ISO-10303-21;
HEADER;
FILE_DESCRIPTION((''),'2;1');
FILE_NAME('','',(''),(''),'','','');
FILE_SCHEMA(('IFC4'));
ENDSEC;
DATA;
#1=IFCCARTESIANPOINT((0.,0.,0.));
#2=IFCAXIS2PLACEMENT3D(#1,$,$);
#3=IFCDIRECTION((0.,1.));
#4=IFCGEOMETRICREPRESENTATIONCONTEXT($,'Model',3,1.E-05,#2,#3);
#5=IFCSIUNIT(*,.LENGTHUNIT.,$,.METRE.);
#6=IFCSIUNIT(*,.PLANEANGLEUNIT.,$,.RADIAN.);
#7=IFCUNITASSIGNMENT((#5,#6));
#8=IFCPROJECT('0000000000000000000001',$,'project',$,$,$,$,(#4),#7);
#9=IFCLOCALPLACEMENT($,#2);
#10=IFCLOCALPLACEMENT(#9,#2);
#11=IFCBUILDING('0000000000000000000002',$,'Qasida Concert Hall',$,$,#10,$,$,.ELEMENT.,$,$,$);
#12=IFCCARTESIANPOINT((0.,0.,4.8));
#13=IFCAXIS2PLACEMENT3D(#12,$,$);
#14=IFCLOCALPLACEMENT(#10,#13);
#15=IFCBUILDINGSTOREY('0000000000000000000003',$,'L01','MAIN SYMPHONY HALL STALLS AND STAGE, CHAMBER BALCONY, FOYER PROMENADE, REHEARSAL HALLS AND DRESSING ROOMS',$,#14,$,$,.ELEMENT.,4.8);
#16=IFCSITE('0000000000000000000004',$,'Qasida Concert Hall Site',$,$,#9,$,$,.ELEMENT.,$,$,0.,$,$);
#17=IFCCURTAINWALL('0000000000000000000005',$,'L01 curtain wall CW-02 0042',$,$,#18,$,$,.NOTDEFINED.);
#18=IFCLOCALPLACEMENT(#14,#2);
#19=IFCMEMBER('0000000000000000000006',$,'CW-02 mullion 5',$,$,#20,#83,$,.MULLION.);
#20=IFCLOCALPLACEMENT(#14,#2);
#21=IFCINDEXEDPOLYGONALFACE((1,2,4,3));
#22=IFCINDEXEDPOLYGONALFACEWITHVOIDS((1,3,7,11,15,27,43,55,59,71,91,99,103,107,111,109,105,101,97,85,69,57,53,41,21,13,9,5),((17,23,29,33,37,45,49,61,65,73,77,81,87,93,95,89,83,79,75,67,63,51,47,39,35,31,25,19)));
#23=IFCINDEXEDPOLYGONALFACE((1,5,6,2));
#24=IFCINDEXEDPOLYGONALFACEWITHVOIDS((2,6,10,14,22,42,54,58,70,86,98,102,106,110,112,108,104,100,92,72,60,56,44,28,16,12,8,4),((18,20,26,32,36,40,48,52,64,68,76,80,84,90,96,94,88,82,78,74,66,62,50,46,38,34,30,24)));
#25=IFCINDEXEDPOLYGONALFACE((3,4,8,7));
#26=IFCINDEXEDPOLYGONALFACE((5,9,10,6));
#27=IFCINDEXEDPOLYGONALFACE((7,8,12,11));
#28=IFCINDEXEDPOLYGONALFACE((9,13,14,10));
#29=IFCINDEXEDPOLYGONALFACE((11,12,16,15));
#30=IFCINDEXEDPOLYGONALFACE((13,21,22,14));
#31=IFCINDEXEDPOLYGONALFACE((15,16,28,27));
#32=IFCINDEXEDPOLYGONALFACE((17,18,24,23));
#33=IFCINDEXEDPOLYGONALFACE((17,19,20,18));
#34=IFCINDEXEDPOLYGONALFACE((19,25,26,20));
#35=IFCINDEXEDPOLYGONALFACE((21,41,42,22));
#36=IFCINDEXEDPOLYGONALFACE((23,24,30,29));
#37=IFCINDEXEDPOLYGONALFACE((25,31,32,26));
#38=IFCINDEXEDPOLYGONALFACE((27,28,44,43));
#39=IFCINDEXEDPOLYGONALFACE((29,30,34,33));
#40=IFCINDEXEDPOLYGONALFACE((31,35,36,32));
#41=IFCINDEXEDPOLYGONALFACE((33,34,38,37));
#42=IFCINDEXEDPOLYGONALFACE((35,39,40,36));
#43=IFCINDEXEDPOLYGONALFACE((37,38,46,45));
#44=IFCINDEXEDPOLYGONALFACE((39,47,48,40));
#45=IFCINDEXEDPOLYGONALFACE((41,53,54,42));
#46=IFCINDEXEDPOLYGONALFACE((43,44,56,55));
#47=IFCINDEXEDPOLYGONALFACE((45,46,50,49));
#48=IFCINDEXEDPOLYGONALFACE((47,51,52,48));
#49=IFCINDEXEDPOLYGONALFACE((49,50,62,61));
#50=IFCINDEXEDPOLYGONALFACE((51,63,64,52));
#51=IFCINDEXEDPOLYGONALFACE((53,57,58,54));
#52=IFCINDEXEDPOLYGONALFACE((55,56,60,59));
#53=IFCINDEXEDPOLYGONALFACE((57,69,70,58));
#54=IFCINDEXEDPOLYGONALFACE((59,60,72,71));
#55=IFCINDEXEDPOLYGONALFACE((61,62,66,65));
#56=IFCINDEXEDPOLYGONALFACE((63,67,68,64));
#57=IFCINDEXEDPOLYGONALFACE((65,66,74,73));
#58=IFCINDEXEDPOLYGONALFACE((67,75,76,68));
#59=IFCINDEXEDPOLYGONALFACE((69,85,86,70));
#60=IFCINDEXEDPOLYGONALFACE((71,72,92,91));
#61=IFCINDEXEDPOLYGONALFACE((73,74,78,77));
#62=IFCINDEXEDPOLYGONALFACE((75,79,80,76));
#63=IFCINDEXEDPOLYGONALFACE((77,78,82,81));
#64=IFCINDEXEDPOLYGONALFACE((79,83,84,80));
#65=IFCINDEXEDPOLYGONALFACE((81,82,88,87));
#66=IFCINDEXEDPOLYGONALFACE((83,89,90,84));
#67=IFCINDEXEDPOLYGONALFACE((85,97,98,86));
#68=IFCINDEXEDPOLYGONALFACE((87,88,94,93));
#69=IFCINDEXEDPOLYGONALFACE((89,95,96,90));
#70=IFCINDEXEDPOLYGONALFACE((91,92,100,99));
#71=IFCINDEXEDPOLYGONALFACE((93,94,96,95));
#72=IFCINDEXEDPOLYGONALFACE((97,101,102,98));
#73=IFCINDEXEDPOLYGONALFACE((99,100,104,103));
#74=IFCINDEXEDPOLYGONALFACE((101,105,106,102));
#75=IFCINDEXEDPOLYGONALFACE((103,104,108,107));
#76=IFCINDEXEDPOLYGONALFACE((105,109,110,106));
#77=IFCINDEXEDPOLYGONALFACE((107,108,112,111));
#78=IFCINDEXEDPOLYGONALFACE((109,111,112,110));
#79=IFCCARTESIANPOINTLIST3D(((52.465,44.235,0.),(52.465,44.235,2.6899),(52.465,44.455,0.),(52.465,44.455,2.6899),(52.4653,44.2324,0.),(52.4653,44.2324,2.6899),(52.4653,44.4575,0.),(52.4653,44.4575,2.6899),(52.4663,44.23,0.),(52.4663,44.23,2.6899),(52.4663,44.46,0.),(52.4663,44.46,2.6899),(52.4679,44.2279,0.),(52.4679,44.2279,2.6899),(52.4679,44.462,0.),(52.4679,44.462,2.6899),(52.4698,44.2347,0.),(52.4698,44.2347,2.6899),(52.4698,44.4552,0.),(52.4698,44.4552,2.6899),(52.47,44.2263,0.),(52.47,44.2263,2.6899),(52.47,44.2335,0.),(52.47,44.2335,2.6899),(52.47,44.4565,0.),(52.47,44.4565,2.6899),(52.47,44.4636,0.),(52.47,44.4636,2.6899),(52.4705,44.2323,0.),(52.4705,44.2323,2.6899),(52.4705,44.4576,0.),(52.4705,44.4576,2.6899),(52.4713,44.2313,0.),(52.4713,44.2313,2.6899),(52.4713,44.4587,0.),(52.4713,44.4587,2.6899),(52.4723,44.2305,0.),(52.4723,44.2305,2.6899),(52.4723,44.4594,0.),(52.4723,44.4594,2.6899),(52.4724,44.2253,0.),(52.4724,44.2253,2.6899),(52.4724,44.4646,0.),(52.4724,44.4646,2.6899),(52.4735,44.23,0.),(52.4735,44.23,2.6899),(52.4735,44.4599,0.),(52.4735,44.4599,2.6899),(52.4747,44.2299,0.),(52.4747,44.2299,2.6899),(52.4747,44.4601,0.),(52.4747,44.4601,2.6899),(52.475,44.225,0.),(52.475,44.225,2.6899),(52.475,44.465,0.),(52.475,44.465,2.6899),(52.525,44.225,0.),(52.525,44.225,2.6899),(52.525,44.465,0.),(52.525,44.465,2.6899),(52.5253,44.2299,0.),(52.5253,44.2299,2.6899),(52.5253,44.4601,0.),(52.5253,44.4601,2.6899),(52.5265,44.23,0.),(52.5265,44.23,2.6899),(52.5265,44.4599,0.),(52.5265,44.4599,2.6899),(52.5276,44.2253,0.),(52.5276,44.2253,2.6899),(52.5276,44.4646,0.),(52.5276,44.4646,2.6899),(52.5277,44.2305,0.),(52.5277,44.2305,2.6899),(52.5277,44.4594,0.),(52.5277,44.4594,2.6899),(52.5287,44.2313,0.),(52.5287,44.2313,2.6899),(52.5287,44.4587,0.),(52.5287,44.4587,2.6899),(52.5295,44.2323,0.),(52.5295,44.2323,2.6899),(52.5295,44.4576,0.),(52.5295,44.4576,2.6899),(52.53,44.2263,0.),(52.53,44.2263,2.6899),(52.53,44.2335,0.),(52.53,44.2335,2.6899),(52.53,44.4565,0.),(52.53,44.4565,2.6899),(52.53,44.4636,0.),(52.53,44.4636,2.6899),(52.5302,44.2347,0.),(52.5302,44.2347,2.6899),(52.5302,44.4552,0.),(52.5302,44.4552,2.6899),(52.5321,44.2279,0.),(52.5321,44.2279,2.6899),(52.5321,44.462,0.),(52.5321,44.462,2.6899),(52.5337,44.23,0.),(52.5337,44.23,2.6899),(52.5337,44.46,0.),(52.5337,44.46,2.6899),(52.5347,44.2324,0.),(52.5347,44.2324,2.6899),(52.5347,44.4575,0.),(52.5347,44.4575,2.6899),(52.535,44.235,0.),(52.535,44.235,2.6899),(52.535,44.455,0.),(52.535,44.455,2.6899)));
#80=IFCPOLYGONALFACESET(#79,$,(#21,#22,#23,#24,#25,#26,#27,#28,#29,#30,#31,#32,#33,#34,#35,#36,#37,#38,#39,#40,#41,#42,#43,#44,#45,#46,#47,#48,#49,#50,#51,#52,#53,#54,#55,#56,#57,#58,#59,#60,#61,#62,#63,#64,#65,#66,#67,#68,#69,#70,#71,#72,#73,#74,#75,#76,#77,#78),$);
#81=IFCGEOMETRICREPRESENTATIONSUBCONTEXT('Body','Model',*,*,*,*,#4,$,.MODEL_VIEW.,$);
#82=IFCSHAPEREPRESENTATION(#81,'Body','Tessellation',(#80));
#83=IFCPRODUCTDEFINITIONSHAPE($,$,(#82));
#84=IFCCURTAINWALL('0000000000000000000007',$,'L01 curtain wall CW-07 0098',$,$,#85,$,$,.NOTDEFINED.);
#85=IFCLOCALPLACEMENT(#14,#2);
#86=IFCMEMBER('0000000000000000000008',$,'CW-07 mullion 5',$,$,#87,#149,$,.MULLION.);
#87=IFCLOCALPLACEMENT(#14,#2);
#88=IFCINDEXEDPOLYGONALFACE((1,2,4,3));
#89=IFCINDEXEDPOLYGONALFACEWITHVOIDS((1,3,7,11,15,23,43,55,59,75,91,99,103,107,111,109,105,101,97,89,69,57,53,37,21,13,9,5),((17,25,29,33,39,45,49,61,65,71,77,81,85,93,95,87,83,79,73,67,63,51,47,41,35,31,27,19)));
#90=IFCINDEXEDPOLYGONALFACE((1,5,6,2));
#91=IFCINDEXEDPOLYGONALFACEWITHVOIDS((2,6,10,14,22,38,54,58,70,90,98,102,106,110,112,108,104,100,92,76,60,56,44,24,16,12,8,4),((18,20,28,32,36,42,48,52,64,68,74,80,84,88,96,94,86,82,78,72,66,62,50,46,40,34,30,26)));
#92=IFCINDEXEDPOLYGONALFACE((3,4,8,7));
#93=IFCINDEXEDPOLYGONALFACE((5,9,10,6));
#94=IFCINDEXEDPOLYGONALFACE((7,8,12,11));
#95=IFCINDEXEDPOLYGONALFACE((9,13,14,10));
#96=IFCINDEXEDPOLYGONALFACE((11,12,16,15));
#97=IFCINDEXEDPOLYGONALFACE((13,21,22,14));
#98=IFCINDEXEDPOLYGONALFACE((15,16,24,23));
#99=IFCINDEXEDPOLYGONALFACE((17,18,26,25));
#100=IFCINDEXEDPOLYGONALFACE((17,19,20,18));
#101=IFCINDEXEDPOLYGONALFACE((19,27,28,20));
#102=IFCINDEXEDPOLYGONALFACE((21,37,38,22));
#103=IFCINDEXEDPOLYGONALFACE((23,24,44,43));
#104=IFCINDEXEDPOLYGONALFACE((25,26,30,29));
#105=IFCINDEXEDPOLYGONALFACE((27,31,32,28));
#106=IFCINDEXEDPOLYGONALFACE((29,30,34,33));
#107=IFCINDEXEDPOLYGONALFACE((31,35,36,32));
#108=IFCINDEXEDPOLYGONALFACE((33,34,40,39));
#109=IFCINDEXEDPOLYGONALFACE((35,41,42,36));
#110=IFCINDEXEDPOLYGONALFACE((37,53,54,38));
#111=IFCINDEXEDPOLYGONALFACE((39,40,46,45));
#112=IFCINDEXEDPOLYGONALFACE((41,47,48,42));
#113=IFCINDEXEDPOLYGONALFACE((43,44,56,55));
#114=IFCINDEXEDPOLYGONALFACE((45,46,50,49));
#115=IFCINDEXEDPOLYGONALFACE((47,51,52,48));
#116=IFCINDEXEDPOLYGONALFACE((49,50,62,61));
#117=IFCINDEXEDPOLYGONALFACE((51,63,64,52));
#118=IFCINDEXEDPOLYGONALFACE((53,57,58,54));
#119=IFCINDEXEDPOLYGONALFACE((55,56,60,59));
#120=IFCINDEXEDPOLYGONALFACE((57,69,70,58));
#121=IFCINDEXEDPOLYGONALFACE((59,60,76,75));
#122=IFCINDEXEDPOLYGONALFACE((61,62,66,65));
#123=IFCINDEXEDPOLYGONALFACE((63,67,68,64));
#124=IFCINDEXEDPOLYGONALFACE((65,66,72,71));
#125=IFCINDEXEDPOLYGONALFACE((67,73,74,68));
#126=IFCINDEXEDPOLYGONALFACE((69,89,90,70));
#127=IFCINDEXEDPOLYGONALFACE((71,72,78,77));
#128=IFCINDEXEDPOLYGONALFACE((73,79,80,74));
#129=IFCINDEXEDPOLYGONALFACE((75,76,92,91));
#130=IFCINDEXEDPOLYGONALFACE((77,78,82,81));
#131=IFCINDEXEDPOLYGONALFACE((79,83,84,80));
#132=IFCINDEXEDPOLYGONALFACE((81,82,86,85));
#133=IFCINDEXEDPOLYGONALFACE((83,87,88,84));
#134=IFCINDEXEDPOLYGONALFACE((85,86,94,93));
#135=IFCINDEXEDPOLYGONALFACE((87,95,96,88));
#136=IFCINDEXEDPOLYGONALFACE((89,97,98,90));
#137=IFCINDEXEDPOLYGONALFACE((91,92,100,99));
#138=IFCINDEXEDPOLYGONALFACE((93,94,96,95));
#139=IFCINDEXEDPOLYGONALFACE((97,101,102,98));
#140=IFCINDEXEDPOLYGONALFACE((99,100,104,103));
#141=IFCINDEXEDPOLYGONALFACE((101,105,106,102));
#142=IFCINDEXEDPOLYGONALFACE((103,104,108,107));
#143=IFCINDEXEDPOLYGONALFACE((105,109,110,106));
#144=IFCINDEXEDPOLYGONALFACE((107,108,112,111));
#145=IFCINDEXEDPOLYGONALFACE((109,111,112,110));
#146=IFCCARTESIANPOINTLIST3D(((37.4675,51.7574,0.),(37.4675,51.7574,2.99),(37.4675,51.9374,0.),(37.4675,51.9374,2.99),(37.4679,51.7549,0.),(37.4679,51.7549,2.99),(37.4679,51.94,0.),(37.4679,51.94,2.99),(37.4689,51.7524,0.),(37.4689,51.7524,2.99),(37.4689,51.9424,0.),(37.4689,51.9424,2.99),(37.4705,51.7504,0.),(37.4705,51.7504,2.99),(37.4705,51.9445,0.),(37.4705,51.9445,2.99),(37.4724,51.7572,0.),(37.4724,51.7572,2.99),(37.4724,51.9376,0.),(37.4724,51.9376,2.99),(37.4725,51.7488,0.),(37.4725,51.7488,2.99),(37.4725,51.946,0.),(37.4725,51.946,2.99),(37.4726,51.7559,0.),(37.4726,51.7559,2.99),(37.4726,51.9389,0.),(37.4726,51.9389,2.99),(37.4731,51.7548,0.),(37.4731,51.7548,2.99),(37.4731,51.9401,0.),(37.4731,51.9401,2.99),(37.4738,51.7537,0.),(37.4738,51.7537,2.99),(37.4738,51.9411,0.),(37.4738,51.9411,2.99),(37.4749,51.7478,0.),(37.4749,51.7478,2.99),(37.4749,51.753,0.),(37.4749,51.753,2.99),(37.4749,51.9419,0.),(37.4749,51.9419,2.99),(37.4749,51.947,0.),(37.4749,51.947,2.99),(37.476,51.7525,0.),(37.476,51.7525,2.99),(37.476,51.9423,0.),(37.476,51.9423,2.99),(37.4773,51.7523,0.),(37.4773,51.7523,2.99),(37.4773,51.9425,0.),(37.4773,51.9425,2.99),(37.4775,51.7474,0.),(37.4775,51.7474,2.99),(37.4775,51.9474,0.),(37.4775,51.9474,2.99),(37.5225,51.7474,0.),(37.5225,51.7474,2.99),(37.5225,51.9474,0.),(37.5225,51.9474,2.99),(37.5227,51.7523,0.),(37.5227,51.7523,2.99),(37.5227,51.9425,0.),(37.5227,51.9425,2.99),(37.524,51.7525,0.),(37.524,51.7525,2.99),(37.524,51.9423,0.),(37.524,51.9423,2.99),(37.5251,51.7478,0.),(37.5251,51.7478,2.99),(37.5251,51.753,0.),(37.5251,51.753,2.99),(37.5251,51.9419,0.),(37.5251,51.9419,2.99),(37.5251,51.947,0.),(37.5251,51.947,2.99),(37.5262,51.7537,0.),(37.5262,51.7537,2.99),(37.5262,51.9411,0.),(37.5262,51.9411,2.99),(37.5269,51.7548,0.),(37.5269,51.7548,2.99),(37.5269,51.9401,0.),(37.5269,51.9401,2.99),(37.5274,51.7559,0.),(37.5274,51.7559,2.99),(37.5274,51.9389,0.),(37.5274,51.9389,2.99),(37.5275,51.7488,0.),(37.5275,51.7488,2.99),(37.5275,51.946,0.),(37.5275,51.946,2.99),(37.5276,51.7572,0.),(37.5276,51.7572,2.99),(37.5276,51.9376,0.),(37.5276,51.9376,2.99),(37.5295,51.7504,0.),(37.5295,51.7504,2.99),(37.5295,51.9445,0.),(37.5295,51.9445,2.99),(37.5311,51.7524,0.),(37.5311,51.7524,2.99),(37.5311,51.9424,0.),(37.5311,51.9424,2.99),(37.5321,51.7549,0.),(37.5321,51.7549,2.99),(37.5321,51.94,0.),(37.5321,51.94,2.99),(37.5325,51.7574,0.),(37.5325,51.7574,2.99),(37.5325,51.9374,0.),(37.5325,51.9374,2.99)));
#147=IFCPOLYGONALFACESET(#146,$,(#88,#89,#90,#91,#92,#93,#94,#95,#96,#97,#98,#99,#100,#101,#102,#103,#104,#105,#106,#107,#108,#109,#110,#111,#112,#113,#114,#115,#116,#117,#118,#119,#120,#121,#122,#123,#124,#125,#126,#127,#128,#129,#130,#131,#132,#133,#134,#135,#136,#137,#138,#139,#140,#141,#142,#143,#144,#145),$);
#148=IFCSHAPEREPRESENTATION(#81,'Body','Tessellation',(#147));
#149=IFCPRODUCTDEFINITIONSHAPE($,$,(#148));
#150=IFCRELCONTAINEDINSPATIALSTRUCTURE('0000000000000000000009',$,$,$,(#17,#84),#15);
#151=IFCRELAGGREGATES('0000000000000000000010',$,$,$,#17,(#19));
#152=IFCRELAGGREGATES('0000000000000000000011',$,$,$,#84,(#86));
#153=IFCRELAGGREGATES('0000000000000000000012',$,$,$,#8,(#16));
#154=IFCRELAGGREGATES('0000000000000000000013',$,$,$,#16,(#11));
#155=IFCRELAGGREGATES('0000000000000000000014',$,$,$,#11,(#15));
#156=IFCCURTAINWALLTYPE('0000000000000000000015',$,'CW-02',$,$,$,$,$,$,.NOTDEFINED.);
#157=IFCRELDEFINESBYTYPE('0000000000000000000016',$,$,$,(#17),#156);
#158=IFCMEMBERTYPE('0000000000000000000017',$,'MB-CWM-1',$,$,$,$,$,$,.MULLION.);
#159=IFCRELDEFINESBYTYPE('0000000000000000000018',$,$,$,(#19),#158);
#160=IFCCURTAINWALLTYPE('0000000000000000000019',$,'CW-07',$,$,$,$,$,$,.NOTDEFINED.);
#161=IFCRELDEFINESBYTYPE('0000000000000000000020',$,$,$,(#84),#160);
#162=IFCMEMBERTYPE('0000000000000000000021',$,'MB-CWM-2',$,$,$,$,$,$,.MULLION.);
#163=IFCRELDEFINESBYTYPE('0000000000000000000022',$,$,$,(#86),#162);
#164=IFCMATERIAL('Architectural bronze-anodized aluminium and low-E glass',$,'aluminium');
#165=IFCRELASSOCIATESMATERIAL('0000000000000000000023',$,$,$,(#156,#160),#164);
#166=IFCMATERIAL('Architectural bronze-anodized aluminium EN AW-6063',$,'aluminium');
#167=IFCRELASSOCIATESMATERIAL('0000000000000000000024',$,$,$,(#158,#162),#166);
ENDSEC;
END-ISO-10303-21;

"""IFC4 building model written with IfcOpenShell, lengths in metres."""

from ifc_helpers import new_model, si_unit, direction, frame, origin, origin_2d, place, context, subcontext, project, spatial, hollow_rectangle, extrude, material, material_profile, profile_set, type_object, element, aggregate, save


model = new_model("IFC4")

# Units and contexts
model_context = context("Model", 3, precision=1e-05, world=origin(), true_north=direction((0.0, 1.0)))
body_context = subcontext(model_context, "Body", "Model", "MODEL_VIEW")
ifc_project = project(units=[si_unit("LENGTHUNIT", "METRE"), si_unit("PLANEANGLEUNIT", "RADIAN")], contexts=[model_context])

# Site, building, storey
site_placement = place(None, origin())
site = spatial("IfcSite", under=ifc_project, at=site_placement, Name="Qasida Concert Hall Site", CompositionType="ELEMENT", RefElevation=0.0)
building_placement = place(site_placement, origin())
building = spatial("IfcBuilding", under=site, at=building_placement, Name="Qasida Concert Hall", CompositionType="ELEMENT")
storey_placement = place(building_placement, frame((0.0, 0.0, 4.8)))
storey = spatial("IfcBuildingStorey", under=building, at=storey_placement, Name="L01", Description="MAIN SYMPHONY HALL STALLS AND STAGE, CHAMBER BALCONY, FOYER PROMENADE, REHEARSAL HALLS AND DRESSING ROOMS", CompositionType="ELEMENT", Elevation=4.8)

# Curtain wall, member
ifc_material_1 = material(Name="Architectural bronze-anodized aluminium and low-E glass", Category="aluminium")
curtain_wall_type_1 = type_object("IfcCurtainWallType", Name="CW-02", PredefinedType="NOTDEFINED", material=ifc_material_1)
curtain_wall_1_placement = place(storey_placement, origin())
curtain_wall_1 = element("IfcCurtainWall", 1, at=curtain_wall_1_placement, inside=storey, type_object=curtain_wall_type_1, Name="L01 curtain wall CW-02 0042", PredefinedType="NOTDEFINED")
ifc_material_2 = material(Name="Architectural bronze-anodized aluminium EN AW-6063", Category="aluminium")
ifc_material_profile_1 = material_profile(ifc_material_2, hollow_rectangle(XDim=0.0701, YDim=0.24, WallThickness=0.0049, InnerFilletRadius=0.0049, OuterFilletRadius=0.01, at=origin_2d()), Name="CWM 240x70x5")
ifc_profile_set_1 = profile_set([ifc_material_profile_1], Name="Architectural bronze-anodized aluminium EN AW-6063")
member_type_1 = type_object("IfcMemberType", Name="MB-CWM-1", PredefinedType="MULLION", material=ifc_profile_set_1)
member_1_placement = place(storey_placement, frame((52.5, 44.345, 0.0), z_axis=(0.0, 0.0, 1.0), x_axis=(-1.0, 0.0, 0.0)))
member_1 = element("IfcMember", 2, at=member_1_placement, type_object=member_type_1, Name="CW-02 mullion 5", PredefinedType="MULLION", context=body_context, shape_type="SweptSolid", body=[
    extrude(hollow_rectangle(XDim=0.0701, YDim=0.24, WallThickness=0.0049, InnerFilletRadius=0.0049, OuterFilletRadius=0.01, at=origin_2d()), origin(), (0.0, 0.0, 1.0), 2.6899),
])

# Curtain wall, member
curtain_wall_type_2 = type_object("IfcCurtainWallType", Name="CW-07", PredefinedType="NOTDEFINED", material=ifc_material_1)
curtain_wall_2_placement = place(storey_placement, origin())
curtain_wall_2 = element("IfcCurtainWall", 3, at=curtain_wall_2_placement, inside=storey, type_object=curtain_wall_type_2, Name="L01 curtain wall CW-07 0098", PredefinedType="NOTDEFINED")
ifc_material_profile_2 = material_profile(ifc_material_2, hollow_rectangle(XDim=0.0649, YDim=0.2, WallThickness=0.0049, InnerFilletRadius=0.0049, OuterFilletRadius=0.01, at=origin_2d()), Name="CWM 200x65x5")
ifc_profile_set_2 = profile_set([ifc_material_profile_2], Name="Architectural bronze-anodized aluminium EN AW-6063")
member_type_2 = type_object("IfcMemberType", Name="MB-CWM-2", PredefinedType="MULLION", material=ifc_profile_set_2)
member_2_placement = place(storey_placement, frame((37.5, 51.8474, 0.0), z_axis=(0.0, 0.0, 1.0), x_axis=(-1.0, 0.0, 0.0)))
member_2 = element("IfcMember", 4, at=member_2_placement, type_object=member_type_2, Name="CW-07 mullion 5", PredefinedType="MULLION", context=body_context, shape_type="SweptSolid", body=[
    extrude(hollow_rectangle(XDim=0.0649, YDim=0.2, WallThickness=0.0049, InnerFilletRadius=0.0049, OuterFilletRadius=0.01, at=origin_2d()), origin(), (0.0, 0.0, 1.0), 2.99),
])

aggregate(curtain_wall_1, [member_1])
aggregate(curtain_wall_2, [member_2])

save(model, "model.ifc")
